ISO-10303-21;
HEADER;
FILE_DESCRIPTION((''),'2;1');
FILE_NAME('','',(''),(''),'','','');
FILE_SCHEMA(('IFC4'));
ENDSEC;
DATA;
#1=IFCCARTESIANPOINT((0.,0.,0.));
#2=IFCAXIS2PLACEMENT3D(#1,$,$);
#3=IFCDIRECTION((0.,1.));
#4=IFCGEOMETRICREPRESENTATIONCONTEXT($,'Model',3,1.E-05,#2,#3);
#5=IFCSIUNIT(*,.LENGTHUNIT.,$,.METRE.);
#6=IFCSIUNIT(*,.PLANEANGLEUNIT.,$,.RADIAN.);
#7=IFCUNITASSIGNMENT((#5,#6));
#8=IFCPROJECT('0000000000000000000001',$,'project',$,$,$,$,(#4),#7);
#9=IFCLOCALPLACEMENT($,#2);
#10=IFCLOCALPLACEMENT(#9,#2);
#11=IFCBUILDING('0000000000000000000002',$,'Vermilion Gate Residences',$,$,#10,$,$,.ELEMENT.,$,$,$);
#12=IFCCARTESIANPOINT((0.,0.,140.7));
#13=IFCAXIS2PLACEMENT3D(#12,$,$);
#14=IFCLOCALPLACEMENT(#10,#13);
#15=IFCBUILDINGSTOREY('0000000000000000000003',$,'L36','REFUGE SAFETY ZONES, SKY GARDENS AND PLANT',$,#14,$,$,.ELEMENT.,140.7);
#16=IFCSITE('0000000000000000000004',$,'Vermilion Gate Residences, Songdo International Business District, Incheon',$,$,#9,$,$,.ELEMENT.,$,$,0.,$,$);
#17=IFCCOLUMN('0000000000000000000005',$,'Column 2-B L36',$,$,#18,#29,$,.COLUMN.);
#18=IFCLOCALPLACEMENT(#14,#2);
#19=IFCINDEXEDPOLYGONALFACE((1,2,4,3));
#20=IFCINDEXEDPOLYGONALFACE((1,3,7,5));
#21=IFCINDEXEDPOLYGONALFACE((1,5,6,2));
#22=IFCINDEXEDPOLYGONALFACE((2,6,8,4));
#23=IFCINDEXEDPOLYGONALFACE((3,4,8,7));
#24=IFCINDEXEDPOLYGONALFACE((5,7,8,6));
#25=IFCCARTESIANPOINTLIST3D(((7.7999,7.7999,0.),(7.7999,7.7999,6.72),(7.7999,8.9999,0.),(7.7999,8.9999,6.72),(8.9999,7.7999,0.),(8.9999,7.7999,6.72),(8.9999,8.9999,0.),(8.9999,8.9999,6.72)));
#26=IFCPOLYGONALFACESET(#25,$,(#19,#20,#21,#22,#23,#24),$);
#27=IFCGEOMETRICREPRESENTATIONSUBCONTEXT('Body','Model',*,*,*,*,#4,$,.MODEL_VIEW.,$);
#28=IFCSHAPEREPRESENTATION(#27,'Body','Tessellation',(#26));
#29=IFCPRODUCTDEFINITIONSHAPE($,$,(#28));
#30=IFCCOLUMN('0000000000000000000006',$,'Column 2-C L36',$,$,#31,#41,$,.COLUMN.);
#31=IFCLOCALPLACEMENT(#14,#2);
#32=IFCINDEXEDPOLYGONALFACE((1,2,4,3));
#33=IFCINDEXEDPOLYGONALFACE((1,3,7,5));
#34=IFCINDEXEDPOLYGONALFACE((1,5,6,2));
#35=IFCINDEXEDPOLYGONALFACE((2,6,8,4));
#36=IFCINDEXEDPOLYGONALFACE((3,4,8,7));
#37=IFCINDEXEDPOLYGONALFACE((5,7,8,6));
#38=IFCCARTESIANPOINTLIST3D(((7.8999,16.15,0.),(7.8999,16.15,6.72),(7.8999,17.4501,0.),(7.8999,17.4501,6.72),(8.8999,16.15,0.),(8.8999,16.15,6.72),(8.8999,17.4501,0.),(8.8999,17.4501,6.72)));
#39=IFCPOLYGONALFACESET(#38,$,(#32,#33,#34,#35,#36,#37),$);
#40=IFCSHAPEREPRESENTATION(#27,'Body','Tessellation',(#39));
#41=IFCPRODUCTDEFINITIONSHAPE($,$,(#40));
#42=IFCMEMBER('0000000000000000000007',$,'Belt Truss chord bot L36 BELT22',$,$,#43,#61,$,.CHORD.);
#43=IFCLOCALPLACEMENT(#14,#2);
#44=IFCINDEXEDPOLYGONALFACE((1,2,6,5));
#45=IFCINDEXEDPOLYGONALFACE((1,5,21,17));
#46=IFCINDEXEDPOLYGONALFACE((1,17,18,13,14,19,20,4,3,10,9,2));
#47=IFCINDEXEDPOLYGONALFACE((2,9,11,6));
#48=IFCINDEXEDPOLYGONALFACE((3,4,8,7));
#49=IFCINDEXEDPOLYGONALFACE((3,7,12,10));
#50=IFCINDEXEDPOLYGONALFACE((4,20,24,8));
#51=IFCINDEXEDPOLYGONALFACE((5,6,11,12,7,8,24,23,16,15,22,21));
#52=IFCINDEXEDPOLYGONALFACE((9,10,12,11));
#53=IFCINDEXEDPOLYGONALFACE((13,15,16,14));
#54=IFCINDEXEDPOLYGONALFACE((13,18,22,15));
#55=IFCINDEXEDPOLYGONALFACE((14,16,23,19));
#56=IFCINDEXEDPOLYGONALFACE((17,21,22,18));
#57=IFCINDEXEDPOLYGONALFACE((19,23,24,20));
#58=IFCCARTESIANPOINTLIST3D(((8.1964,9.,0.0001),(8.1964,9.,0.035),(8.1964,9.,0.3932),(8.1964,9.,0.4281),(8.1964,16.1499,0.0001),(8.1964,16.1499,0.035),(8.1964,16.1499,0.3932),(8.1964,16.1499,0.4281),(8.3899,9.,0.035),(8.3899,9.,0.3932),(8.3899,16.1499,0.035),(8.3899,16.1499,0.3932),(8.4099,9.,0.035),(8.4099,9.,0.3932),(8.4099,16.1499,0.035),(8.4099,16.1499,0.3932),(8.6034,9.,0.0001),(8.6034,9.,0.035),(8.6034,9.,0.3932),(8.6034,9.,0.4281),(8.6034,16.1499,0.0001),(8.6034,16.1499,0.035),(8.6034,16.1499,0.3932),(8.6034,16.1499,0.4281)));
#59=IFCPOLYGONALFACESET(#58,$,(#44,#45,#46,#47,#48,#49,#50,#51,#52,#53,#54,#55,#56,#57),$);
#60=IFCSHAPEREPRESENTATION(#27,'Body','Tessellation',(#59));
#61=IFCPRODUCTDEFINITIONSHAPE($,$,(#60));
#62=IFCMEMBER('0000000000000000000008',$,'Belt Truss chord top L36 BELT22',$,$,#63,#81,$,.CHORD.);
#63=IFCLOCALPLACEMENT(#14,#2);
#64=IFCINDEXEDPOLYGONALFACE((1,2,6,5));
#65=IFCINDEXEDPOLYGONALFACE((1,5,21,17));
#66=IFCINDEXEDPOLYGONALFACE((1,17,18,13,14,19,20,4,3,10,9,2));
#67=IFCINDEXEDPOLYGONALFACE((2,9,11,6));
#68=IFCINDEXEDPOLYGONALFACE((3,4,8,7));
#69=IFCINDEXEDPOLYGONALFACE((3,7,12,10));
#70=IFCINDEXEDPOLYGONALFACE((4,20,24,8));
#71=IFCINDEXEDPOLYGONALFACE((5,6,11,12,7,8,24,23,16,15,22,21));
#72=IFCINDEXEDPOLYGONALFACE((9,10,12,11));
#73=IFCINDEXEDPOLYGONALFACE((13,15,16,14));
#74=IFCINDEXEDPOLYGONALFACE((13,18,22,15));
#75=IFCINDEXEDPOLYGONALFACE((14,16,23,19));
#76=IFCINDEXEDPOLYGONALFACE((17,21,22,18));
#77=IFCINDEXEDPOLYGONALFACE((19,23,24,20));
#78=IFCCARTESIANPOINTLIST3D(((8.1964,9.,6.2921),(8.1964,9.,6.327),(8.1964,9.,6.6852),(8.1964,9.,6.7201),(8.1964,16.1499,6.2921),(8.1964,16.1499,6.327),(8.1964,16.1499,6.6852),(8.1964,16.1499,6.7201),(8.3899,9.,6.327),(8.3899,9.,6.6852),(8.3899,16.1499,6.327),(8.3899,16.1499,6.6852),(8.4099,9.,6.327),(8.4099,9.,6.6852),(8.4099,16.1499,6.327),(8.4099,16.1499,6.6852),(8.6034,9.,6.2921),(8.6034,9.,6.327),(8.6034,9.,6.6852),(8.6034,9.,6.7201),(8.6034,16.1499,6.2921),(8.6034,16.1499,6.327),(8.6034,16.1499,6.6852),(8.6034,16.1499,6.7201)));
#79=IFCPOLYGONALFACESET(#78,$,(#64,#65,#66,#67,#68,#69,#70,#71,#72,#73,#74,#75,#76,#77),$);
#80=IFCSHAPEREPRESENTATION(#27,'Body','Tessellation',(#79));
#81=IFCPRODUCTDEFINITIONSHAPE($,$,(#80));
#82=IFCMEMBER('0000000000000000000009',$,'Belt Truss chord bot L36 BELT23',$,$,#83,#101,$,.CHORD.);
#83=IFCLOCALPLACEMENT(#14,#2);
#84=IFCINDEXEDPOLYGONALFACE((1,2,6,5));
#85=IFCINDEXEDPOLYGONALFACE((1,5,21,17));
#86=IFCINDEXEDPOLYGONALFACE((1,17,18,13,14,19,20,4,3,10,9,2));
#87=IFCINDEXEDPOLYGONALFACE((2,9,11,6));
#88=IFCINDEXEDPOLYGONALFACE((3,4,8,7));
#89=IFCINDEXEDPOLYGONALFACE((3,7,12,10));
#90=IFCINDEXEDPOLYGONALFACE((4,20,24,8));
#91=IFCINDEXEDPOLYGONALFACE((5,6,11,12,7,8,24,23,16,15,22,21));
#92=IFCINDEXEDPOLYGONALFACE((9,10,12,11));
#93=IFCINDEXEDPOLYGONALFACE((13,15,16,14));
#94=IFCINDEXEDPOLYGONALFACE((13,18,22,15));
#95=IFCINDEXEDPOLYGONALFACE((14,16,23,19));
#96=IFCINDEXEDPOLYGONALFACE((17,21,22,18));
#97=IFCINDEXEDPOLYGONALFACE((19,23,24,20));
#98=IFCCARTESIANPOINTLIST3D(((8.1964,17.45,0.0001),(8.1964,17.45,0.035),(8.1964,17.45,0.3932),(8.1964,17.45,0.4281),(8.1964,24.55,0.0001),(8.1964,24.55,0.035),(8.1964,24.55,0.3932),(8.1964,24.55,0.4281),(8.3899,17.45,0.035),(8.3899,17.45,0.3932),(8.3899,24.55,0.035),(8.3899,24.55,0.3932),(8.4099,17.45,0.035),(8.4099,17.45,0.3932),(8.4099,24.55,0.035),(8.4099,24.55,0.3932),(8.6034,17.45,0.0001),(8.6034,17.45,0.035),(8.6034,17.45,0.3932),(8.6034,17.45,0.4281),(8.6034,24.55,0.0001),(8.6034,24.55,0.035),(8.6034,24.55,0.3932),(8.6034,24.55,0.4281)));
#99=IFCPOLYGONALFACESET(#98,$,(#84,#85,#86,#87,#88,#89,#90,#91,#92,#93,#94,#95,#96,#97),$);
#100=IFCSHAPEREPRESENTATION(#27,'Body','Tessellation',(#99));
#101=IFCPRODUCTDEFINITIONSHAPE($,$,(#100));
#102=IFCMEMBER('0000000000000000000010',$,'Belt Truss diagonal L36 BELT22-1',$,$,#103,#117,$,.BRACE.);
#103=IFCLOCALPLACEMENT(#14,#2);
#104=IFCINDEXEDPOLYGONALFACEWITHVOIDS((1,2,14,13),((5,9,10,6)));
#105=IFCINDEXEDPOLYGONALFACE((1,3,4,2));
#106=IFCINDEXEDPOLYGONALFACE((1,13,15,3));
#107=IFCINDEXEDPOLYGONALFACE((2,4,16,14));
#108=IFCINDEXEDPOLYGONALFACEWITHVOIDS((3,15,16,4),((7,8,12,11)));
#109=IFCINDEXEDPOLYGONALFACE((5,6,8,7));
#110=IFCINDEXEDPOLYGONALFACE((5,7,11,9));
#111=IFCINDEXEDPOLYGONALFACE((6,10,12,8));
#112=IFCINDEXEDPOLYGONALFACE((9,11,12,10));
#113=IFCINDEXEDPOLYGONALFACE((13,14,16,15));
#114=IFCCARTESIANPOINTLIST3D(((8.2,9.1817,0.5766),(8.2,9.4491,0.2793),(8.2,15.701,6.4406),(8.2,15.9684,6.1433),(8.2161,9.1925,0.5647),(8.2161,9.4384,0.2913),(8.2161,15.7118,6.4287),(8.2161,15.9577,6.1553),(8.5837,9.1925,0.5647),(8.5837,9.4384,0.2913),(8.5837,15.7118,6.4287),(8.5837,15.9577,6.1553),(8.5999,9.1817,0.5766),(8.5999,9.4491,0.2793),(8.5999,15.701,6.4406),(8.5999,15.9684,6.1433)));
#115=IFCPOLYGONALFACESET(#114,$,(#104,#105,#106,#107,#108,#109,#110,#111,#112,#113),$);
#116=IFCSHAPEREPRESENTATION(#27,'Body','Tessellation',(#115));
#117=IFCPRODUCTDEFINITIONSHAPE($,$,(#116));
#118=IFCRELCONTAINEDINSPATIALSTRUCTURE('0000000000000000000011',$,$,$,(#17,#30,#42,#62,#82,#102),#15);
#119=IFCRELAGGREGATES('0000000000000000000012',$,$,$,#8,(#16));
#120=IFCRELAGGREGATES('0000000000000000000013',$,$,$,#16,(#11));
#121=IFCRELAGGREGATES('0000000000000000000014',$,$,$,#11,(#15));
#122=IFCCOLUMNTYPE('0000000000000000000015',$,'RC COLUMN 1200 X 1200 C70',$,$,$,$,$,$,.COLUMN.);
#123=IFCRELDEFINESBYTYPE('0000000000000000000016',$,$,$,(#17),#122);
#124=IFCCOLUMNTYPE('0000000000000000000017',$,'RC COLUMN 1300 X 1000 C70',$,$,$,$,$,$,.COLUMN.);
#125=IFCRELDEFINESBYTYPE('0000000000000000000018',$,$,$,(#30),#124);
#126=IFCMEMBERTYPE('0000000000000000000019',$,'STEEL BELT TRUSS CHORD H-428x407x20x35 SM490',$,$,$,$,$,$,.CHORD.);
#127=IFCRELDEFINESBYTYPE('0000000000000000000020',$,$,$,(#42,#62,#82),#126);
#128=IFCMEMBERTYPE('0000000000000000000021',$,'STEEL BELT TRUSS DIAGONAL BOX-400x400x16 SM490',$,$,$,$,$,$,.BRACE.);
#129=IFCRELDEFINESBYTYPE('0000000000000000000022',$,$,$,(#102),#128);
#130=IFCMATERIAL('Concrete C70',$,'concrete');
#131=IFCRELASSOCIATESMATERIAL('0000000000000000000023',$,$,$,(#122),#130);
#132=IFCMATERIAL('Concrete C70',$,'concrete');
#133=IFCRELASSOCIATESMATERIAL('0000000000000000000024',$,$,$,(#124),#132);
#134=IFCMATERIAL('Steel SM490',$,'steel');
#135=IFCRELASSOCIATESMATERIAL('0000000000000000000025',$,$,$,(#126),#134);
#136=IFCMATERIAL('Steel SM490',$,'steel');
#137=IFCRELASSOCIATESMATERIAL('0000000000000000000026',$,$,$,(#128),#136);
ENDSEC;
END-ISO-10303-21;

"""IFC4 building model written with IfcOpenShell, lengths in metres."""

from ifc_helpers import new_model, si_unit, direction, frame, origin, origin_2d, place, context, subcontext, project, spatial, rectangle, hollow_rectangle, i_section, extrude, material, material_profile, profile_set, type_object, element, save


model = new_model("IFC4")

# Units and contexts
model_context = context("Model", 3, precision=1e-05, world=origin(), true_north=direction((0.0, 1.0)))
body_context = subcontext(model_context, "Body", "Model", "MODEL_VIEW")
ifc_project = project(units=[si_unit("LENGTHUNIT", "METRE"), si_unit("PLANEANGLEUNIT", "RADIAN")], contexts=[model_context])

# Site, building, storey
site_placement = place(None, origin())
site = spatial("IfcSite", under=ifc_project, at=site_placement, Name="Vermilion Gate Residences, Songdo International Business District, Incheon", CompositionType="ELEMENT", RefElevation=0.0)
building_placement = place(site_placement, origin())
building = spatial("IfcBuilding", under=site, at=building_placement, Name="Vermilion Gate Residences", CompositionType="ELEMENT")
storey_placement = place(building_placement, frame((0.0, 0.0, 140.7)))
storey = spatial("IfcBuildingStorey", under=building, at=storey_placement, Name="L36", Description="REFUGE SAFETY ZONES, SKY GARDENS AND PLANT", CompositionType="ELEMENT", Elevation=140.7)

# Columns
ifc_material_1 = material(Name="Concrete C70", Category="concrete")
ifc_material_profile_1 = material_profile(ifc_material_1, rectangle(XDim=1.2, YDim=1.2, at=origin_2d()), Name="RC-1200x1200")
ifc_profile_set_1 = profile_set([ifc_material_profile_1], Name="Concrete C70")
column_type_1 = type_object("IfcColumnType", Name="RC COLUMN 1200 X 1200 C70", PredefinedType="COLUMN", material=ifc_profile_set_1)
column_1_placement = place(storey_placement, frame((8.3999, 8.3999, 0.0), z_axis=(0.0, 0.0, 1.0), x_axis=(1.0, 0.0, 0.0)))
element("IfcColumn", 1, at=column_1_placement, inside=storey, type_object=column_type_1, Name="Column 2-B L36", PredefinedType="COLUMN", context=body_context, shape_type="SweptSolid", body=[
    extrude(rectangle(XDim=1.2, YDim=1.2, at=origin_2d()), origin(), (0.0, 0.0, 1.0), 6.72),
])
ifc_material_2 = material(Name="Concrete C70", Category="concrete")
ifc_material_profile_2 = material_profile(ifc_material_2, rectangle(XDim=1.3, YDim=1.0, at=origin_2d()), Name="RC-1300x1000")
ifc_profile_set_2 = profile_set([ifc_material_profile_2], Name="Concrete C70")
column_type_2 = type_object("IfcColumnType", Name="RC COLUMN 1300 X 1000 C70", PredefinedType="COLUMN", material=ifc_profile_set_2)
column_2_placement = place(storey_placement, frame((8.3999, 16.8, 0.0), z_axis=(0.0, 0.0, 1.0), x_axis=(0.0, 1.0, 0.0)))
element("IfcColumn", 2, at=column_2_placement, inside=storey, type_object=column_type_2, Name="Column 2-C L36", PredefinedType="COLUMN", context=body_context, shape_type="SweptSolid", body=[
    extrude(rectangle(XDim=1.3, YDim=1.0, at=origin_2d()), origin(), (0.0, 0.0, 1.0), 6.72),
])

# Members
ifc_material_3 = material(Name="Steel SM490", Category="steel")
ifc_material_profile_3 = material_profile(ifc_material_3, i_section(OverallWidth=0.407, OverallDepth=0.428, WebThickness=0.02, FlangeThickness=0.0349, at=origin_2d()), Name="H-428x407x20x35")
ifc_profile_set_3 = profile_set([ifc_material_profile_3], Name="Steel SM490")
member_type_1 = type_object("IfcMemberType", Name="STEEL BELT TRUSS CHORD H-428x407x20x35 SM490", PredefinedType="CHORD", material=ifc_profile_set_3)
for number, where, z_axis, x_axis, name in (
    (3, (8.3999, 9.0, 0.2141), (0.0, 1.0, 0.0), (-1.0, 0.0, 0.0), "Belt Truss chord bot L36 BELT22"),
    (4, (8.3999, 9.0, 6.5061), (0.0, 1.0, 0.0), (-1.0, 0.0, 0.0), "Belt Truss chord top L36 BELT22"),
):
    element("IfcMember", number, at=place(storey_placement, frame(where, z_axis=z_axis, x_axis=x_axis)), inside=storey, type_object=member_type_1, Name=name, PredefinedType="CHORD", context=body_context, shape_type="SweptSolid", body=[
        extrude(i_section(OverallWidth=0.407, OverallDepth=0.428, WebThickness=0.02, FlangeThickness=0.0349, at=origin_2d()), origin(), (0.0, 0.0, 1.0), 7.1499),
    ])
member_1_placement = place(storey_placement, frame((8.3999, 17.45, 0.2141), z_axis=(0.0, 1.0, 0.0), x_axis=(-1.0, 0.0, 0.0)))
element("IfcMember", 5, at=member_1_placement, inside=storey, type_object=member_type_1, Name="Belt Truss chord bot L36 BELT23", PredefinedType="CHORD", context=body_context, shape_type="SweptSolid", body=[
    extrude(i_section(OverallWidth=0.407, OverallDepth=0.428, WebThickness=0.02, FlangeThickness=0.0349, at=origin_2d()), origin(), (0.0, 0.0, 1.0), 7.1001),
])
ifc_material_4 = material(Name="Steel SM490", Category="steel")
ifc_material_profile_4 = material_profile(ifc_material_4, hollow_rectangle(XDim=0.3999, YDim=0.3999, WallThickness=0.0161, at=origin_2d()), Name="BOX-400x400x16")
ifc_profile_set_4 = profile_set([ifc_material_profile_4], Name="Steel SM490")
member_type_2 = type_object("IfcMemberType", Name="STEEL BELT TRUSS DIAGONAL BOX-400x400x16 SM490", PredefinedType="BRACE", material=ifc_profile_set_4)
member_2_placement = place(storey_placement, frame((8.3999, 9.3154, 0.428), z_axis=(0.0, 0.743484, 0.668754), x_axis=(-1.0, 0.0, 0.0)))
element("IfcMember", 6, at=member_2_placement, inside=storey, type_object=member_type_2, Name="Belt Truss diagonal L36 BELT22-1", PredefinedType="BRACE", context=body_context, shape_type="SweptSolid", body=[
    extrude(hollow_rectangle(XDim=0.3999, YDim=0.3999, WallThickness=0.0161, at=origin_2d()), origin(), (0.0, 0.0, 1.0), 8.7686),
])

save(model, "model.ifc")
